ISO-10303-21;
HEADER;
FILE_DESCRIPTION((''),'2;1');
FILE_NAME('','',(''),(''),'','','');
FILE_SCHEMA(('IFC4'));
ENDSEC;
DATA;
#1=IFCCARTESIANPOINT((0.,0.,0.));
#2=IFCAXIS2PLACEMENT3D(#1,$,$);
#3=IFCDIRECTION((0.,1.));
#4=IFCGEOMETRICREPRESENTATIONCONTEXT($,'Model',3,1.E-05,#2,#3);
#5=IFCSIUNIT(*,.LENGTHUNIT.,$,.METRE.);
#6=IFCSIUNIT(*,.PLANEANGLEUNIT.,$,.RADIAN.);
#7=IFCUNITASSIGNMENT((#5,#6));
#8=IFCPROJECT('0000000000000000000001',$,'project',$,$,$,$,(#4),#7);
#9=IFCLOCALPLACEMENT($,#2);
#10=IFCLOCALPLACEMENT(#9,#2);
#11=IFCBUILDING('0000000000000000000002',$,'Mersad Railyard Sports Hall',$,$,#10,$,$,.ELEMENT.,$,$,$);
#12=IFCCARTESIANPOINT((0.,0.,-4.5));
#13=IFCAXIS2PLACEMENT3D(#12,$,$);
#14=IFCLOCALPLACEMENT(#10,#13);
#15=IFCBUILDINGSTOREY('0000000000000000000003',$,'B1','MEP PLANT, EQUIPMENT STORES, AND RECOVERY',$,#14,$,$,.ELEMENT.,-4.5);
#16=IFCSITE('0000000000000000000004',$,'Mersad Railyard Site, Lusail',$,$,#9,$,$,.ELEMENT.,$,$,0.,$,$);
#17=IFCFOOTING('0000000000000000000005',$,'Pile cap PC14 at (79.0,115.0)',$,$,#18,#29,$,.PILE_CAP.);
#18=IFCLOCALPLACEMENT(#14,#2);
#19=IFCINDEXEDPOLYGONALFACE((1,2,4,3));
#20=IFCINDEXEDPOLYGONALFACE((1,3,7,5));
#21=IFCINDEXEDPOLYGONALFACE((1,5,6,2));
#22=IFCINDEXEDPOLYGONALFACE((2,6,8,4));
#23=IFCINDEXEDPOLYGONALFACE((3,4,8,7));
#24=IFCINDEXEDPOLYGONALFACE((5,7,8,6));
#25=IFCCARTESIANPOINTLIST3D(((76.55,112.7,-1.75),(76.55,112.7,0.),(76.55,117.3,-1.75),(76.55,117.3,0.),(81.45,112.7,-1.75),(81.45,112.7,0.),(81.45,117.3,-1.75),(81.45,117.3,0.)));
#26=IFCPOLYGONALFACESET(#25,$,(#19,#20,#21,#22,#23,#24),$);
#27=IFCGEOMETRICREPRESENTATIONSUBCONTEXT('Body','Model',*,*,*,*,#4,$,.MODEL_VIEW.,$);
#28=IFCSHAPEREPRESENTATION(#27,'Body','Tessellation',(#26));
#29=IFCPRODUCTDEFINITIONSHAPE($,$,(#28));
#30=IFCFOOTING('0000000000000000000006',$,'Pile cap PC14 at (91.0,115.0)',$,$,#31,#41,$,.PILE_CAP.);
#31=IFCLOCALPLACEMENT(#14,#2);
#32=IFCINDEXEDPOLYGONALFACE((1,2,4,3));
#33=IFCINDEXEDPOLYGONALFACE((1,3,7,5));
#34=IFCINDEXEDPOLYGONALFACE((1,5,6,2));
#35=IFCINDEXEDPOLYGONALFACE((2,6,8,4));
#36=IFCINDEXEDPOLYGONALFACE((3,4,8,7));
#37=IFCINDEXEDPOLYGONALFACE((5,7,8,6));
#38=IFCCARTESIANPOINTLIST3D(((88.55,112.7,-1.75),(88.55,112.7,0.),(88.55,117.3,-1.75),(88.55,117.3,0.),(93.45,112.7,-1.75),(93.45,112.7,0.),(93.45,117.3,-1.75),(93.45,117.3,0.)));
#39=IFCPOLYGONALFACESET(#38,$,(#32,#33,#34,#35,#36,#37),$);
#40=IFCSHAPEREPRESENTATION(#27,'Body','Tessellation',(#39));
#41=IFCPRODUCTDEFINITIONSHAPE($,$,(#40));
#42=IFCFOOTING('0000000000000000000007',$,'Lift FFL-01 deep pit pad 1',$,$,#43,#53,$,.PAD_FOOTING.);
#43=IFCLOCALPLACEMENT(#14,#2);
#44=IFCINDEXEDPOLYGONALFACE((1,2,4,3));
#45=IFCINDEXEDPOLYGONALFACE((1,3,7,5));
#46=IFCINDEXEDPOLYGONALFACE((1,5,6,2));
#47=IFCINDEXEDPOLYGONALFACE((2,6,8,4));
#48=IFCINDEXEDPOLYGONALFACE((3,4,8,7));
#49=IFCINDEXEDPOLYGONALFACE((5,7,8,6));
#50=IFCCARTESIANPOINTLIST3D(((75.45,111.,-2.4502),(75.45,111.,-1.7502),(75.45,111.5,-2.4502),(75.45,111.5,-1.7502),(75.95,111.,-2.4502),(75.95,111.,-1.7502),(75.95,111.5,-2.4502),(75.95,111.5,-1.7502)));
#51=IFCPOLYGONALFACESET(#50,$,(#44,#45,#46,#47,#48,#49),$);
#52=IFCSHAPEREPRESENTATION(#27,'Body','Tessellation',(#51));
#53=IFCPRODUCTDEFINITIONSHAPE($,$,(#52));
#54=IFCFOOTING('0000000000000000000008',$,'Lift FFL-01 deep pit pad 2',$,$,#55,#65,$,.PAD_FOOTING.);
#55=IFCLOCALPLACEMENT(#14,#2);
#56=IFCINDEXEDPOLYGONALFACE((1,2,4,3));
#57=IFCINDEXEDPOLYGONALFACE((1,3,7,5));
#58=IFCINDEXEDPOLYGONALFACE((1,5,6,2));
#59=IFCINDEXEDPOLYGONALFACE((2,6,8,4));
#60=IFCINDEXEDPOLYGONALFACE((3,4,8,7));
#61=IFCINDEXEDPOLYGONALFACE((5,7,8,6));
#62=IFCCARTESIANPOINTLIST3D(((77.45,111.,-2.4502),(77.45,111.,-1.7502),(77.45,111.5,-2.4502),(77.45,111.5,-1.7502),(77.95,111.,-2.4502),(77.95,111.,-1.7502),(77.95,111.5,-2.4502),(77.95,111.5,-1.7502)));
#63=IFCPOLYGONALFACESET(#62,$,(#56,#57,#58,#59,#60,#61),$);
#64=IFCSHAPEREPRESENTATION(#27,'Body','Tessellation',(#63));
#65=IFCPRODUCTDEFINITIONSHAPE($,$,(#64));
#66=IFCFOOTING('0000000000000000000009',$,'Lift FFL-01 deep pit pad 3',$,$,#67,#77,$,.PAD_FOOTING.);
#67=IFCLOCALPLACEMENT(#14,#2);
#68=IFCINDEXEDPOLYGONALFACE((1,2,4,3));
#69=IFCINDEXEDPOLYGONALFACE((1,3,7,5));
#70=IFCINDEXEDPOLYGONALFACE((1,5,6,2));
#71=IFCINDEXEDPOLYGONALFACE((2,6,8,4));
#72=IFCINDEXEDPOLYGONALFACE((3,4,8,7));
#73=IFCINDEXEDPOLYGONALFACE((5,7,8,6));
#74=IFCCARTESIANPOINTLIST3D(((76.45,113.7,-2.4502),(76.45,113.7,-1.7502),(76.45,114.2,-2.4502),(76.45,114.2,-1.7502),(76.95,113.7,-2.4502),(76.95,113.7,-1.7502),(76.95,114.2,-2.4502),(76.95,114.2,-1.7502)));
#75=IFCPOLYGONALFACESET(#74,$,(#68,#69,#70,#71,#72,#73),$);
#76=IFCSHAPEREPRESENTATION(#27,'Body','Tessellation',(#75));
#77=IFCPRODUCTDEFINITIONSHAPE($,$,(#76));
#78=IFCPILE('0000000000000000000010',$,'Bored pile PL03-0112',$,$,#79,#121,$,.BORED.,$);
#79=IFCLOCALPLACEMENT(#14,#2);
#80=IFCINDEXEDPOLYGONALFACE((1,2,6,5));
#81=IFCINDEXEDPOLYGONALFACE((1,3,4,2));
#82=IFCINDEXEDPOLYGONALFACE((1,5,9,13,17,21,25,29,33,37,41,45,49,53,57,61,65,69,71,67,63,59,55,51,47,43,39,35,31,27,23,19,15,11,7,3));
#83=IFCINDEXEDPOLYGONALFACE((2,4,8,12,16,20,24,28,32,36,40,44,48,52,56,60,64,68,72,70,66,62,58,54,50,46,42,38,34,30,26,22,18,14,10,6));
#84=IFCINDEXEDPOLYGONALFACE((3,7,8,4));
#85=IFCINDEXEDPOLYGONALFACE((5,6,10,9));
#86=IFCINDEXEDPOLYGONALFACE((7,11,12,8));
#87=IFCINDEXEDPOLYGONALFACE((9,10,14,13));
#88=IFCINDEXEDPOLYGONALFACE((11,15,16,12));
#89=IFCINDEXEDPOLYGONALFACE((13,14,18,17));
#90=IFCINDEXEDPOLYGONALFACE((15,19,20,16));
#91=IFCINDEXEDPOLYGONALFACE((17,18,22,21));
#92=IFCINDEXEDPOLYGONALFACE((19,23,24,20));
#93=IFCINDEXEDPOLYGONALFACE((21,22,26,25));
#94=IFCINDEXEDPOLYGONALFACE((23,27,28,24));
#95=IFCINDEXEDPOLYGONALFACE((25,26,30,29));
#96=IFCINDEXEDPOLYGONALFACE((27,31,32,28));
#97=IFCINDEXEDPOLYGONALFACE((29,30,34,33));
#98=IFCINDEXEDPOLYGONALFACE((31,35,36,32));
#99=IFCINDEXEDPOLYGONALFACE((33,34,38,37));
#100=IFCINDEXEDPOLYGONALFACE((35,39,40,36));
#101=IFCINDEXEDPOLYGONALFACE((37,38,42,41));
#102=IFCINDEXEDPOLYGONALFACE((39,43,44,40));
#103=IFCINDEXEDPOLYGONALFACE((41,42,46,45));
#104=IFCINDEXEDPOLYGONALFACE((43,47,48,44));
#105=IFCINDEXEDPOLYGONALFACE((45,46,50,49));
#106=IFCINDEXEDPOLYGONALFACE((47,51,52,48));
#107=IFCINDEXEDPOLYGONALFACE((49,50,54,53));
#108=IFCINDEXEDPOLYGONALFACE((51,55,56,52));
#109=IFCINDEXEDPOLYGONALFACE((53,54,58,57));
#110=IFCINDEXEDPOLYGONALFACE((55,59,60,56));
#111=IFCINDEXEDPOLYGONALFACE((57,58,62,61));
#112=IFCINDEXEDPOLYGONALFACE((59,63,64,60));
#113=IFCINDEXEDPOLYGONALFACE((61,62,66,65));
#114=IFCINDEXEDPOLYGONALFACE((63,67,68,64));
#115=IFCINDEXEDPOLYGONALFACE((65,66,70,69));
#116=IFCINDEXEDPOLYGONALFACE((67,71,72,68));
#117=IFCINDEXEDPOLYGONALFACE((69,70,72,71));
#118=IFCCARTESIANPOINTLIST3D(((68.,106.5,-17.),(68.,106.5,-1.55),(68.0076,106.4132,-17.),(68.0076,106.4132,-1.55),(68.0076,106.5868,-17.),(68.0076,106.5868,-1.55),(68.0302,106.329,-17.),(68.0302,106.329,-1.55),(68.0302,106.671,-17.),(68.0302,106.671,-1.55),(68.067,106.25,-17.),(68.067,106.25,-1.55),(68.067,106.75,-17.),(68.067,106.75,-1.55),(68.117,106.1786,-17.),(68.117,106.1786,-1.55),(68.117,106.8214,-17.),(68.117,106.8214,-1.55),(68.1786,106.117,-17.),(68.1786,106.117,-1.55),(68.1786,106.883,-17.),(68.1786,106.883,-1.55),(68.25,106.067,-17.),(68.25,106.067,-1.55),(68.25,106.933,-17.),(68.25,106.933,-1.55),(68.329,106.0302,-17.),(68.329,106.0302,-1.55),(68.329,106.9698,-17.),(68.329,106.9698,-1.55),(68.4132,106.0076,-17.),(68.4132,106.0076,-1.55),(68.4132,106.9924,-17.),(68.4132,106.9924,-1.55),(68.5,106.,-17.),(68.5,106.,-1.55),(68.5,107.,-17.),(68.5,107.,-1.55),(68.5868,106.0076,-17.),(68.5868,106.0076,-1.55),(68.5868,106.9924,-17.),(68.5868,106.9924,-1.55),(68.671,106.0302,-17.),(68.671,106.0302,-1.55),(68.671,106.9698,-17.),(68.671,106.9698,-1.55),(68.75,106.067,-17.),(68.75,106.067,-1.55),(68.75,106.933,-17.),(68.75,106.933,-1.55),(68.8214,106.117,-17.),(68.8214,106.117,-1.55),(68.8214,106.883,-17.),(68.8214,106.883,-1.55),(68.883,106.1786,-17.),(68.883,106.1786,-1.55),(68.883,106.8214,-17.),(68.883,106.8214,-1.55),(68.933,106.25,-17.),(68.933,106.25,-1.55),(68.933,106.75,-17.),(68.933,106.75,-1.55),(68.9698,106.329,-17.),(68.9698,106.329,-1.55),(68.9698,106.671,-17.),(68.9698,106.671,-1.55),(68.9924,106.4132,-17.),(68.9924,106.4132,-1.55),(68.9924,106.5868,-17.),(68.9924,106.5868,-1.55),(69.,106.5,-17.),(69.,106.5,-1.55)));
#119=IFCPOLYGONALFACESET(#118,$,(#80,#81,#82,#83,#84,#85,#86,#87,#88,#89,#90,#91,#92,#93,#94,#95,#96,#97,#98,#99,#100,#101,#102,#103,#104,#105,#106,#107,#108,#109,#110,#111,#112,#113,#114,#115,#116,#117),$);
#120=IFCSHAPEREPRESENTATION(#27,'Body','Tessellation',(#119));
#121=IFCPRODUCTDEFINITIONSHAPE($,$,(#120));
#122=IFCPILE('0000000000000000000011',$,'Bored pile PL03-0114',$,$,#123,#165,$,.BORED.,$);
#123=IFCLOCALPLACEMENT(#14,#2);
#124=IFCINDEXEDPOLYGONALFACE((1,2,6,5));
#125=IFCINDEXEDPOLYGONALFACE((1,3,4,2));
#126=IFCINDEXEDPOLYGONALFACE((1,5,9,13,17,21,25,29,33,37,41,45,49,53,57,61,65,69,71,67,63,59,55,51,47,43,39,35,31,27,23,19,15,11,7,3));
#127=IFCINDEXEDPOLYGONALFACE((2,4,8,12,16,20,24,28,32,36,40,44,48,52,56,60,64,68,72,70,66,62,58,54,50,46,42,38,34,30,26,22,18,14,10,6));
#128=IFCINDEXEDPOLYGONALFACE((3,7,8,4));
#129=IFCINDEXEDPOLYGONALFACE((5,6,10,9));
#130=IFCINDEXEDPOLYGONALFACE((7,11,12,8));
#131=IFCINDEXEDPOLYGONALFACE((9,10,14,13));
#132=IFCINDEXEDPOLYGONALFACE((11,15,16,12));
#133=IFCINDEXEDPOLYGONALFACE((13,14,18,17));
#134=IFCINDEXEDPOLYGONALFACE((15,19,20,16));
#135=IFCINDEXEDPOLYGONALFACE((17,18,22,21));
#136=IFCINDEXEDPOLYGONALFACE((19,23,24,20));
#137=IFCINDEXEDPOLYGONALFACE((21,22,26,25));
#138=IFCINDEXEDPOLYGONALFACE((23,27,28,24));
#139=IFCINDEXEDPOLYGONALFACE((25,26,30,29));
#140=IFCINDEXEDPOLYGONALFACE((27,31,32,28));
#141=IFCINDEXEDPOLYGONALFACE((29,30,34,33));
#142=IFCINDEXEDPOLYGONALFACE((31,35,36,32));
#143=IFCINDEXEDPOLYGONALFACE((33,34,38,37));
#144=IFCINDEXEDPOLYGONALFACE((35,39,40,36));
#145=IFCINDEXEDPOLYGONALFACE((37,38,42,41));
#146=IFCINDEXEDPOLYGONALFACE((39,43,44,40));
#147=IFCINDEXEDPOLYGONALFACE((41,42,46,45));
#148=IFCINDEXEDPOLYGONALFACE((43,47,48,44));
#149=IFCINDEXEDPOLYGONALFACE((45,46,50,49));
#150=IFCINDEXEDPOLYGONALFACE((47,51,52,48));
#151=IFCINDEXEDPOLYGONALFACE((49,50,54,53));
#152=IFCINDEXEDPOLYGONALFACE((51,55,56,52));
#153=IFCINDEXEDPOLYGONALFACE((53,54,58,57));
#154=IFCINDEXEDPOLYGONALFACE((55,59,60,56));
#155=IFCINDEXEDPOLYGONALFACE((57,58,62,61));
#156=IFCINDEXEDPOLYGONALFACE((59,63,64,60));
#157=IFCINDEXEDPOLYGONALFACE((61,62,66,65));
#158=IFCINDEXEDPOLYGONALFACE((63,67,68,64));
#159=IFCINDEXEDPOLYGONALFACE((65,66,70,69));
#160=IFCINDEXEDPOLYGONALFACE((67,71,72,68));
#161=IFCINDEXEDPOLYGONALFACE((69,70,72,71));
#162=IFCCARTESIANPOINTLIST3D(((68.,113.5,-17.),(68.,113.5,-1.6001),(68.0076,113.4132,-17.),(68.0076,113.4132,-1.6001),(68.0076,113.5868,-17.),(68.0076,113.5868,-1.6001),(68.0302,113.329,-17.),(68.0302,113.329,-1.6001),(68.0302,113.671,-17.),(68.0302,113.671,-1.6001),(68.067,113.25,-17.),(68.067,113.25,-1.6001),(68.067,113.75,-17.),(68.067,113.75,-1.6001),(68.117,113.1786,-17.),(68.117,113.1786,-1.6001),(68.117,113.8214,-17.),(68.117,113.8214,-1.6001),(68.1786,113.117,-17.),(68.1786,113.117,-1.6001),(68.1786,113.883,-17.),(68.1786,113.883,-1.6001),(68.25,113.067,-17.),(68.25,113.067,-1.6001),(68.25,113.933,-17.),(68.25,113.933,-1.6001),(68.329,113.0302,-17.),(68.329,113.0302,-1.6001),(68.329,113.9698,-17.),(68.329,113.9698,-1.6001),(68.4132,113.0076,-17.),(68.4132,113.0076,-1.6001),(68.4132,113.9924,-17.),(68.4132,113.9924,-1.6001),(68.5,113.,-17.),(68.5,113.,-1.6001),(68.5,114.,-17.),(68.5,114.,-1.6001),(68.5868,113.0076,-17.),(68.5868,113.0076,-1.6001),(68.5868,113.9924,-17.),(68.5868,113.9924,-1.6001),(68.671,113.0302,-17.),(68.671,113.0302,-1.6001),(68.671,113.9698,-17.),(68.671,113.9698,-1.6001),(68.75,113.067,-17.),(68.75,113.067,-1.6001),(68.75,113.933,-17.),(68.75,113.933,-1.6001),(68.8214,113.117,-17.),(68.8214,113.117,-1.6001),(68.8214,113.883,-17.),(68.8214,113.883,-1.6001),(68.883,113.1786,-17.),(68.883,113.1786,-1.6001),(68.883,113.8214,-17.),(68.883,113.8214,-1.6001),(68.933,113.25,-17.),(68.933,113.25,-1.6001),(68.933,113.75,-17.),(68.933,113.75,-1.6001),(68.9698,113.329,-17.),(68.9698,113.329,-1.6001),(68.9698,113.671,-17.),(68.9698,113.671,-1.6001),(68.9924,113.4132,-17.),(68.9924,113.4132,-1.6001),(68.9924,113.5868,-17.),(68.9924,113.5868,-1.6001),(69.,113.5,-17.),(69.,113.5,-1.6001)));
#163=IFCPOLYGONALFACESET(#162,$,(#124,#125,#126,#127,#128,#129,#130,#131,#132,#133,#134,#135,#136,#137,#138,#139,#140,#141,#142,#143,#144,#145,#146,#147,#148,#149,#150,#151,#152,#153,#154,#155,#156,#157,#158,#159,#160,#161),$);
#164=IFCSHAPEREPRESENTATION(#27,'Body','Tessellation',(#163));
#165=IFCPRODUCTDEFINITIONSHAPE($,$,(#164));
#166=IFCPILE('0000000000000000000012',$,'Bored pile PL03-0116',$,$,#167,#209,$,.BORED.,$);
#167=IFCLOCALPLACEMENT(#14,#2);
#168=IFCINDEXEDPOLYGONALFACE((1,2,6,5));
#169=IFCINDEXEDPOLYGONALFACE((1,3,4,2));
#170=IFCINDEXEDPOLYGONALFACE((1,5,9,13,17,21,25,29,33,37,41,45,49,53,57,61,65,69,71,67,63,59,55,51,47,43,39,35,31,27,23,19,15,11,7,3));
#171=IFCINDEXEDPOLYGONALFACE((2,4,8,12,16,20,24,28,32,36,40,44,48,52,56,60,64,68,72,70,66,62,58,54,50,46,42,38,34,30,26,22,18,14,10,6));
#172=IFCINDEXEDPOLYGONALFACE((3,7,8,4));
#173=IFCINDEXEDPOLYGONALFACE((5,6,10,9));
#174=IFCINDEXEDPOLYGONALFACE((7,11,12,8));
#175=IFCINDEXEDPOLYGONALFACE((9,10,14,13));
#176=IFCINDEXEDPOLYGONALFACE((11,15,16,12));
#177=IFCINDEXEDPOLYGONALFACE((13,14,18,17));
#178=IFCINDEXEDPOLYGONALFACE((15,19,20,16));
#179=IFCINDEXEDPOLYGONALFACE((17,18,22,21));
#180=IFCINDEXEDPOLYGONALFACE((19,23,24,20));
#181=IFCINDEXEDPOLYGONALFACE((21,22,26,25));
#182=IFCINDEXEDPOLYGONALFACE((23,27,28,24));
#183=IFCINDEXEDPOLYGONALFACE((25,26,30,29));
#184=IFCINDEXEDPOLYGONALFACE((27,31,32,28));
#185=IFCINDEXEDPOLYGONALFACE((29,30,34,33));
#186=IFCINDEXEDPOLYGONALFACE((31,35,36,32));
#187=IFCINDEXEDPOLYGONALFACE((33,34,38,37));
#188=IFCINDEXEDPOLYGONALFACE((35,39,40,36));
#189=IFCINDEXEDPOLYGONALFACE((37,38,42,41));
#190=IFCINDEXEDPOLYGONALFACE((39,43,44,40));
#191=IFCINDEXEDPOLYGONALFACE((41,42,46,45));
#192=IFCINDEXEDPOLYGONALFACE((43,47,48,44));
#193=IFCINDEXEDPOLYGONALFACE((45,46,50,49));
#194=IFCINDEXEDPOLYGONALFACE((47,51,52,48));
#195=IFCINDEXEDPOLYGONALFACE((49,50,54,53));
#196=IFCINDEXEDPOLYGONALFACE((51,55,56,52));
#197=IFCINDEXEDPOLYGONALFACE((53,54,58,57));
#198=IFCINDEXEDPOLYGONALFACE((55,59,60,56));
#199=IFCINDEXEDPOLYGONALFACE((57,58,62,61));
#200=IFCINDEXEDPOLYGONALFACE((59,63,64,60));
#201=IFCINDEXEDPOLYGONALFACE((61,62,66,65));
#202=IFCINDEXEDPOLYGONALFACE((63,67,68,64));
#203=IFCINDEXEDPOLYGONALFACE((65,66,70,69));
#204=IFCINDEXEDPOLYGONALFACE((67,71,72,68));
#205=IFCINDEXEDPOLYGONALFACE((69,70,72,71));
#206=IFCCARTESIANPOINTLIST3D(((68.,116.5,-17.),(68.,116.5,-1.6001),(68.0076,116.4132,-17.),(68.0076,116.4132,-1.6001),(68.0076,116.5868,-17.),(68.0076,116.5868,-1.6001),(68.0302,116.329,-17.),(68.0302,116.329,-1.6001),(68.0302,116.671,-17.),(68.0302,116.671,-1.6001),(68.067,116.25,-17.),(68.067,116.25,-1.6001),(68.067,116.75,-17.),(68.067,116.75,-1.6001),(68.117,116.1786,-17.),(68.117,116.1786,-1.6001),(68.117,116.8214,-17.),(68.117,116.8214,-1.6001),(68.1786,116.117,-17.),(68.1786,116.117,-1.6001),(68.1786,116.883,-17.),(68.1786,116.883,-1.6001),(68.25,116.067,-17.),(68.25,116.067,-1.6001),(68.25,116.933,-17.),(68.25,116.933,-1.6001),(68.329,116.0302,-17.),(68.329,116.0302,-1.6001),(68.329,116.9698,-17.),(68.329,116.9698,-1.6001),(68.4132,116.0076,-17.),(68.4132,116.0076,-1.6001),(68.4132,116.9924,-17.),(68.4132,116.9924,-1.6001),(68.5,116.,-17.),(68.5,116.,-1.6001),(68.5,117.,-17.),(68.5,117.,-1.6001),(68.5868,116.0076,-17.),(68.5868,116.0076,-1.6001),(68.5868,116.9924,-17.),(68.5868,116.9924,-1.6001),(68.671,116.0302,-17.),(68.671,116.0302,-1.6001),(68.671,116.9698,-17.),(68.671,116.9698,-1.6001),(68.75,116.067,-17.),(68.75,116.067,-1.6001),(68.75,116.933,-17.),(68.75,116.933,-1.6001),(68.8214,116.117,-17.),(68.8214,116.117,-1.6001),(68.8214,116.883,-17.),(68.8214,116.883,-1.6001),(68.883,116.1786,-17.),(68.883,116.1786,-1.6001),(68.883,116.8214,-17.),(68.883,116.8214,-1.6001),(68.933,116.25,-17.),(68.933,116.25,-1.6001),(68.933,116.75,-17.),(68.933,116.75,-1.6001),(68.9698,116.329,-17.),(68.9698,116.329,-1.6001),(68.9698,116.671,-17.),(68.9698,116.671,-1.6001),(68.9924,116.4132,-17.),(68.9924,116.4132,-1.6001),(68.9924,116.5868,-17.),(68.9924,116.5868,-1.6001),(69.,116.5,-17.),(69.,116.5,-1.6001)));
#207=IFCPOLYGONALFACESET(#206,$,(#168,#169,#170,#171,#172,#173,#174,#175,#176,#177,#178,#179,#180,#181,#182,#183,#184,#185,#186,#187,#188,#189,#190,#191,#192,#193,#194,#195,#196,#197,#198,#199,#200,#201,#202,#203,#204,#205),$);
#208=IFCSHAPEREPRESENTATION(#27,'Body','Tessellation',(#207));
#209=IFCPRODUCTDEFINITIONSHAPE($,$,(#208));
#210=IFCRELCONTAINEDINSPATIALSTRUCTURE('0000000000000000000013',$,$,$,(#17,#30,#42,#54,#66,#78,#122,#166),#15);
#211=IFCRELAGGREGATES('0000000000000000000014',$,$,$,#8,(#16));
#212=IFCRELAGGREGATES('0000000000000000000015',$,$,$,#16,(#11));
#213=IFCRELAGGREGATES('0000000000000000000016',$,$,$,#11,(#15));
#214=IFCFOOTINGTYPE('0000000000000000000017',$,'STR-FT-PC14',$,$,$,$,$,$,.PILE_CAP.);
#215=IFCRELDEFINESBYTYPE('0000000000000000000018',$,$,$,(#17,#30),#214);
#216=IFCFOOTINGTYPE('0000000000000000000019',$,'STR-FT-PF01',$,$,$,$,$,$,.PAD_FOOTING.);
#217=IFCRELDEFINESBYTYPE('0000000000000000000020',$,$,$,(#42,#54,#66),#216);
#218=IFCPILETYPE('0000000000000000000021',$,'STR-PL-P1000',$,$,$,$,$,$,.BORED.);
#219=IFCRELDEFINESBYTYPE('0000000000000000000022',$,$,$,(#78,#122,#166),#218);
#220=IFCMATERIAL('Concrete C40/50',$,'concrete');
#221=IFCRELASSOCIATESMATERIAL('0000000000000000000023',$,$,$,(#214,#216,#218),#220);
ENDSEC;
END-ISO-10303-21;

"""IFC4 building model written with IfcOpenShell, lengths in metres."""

from ifc_helpers import new_model, si_unit, direction, frame, origin, origin_2d, place, context, subcontext, project, spatial, rectangle, circle, extrude, material, material_profile, profile_set, type_object, element, save


model = new_model("IFC4")

# Units and contexts
model_context = context("Model", 3, precision=1e-05, world=origin(), true_north=direction((0.0, 1.0)))
body_context = subcontext(model_context, "Body", "Model", "MODEL_VIEW")
ifc_project = project(units=[si_unit("LENGTHUNIT", "METRE"), si_unit("PLANEANGLEUNIT", "RADIAN")], contexts=[model_context])

# Site, building, storey
site_placement = place(None, origin())
site = spatial("IfcSite", under=ifc_project, at=site_placement, Name="Mersad Railyard Site, Lusail", CompositionType="ELEMENT", RefElevation=0.0)
building_placement = place(site_placement, origin())
building = spatial("IfcBuilding", under=site, at=building_placement, Name="Mersad Railyard Sports Hall", CompositionType="ELEMENT")
storey_placement = place(building_placement, frame((0.0, 0.0, -4.5)))
storey = spatial("IfcBuildingStorey", under=building, at=storey_placement, Name="B1", Description="MEP PLANT, EQUIPMENT STORES, AND RECOVERY", CompositionType="ELEMENT", Elevation=-4.5)

# Footings
ifc_material_1 = material(Name="Concrete C40/50", Category="concrete")
footing_type_1 = type_object("IfcFootingType", Name="STR-FT-PC14", PredefinedType="PILE_CAP", material=ifc_material_1)
for number, where, z_axis, x_axis, name in (
    (1, (79.0, 115.0, -1.75), (0.0, 0.0, 1.0), (1.0, 0.0, 0.0), "Pile cap PC14 at (79.0,115.0)"),
    (2, (91.0, 115.0, -1.75), (0.0, 0.0, 1.0), (1.0, 0.0, 0.0), "Pile cap PC14 at (91.0,115.0)"),
):
    element("IfcFooting", number, at=place(storey_placement, frame(where, z_axis=z_axis, x_axis=x_axis)), inside=storey, type_object=footing_type_1, Name=name, PredefinedType="PILE_CAP", context=body_context, shape_type="SweptSolid", body=[
        extrude(rectangle(XDim=4.8999, YDim=4.6001, at=origin_2d()), origin(), (0.0, 0.0, 1.0), 1.75),
    ])
footing_type_2 = type_object("IfcFootingType", Name="STR-FT-PF01", PredefinedType="PAD_FOOTING", material=ifc_material_1)
for number, where, z_axis, x_axis, name in (
    (3, (75.7, 111.25, -2.4502), (0.0, 0.0, 1.0), (1.0, 0.0, 0.0), "Lift FFL-01 deep pit pad 1"),
    (4, (77.7, 111.25, -2.4502), (0.0, 0.0, 1.0), (1.0, 0.0, 0.0), "Lift FFL-01 deep pit pad 2"),
    (5, (76.7, 113.95, -2.4502), (0.0, 0.0, 1.0), (1.0, 0.0, 0.0), "Lift FFL-01 deep pit pad 3"),
):
    element("IfcFooting", number, at=place(storey_placement, frame(where, z_axis=z_axis, x_axis=x_axis)), inside=storey, type_object=footing_type_2, Name=name, PredefinedType="PAD_FOOTING", context=body_context, shape_type="SweptSolid", body=[
        extrude(rectangle(XDim=0.5, YDim=0.5, at=origin_2d()), origin(), (0.0, 0.0, 1.0), 0.7),
    ])

# Piles
ifc_material_profile_1 = material_profile(ifc_material_1, circle(Radius=0.5, at=origin_2d()), Name="BORED PILE D1000")
ifc_profile_set_1 = profile_set([ifc_material_profile_1], Name="Concrete C40/50")
pile_type = type_object("IfcPileType", Name="STR-PL-P1000", PredefinedType="BORED", material=ifc_profile_set_1)
pile_1_placement = place(storey_placement, frame((68.5, 106.5, -1.55), z_axis=(0.0, 0.0, -1.0), x_axis=(1.0, 0.0, 0.0)))
element("IfcPile", 6, at=pile_1_placement, inside=storey, type_object=pile_type, Name="Bored pile PL03-0112", PredefinedType="BORED", context=body_context, shape_type="SweptSolid", body=[
    extrude(circle(Radius=0.5, at=origin_2d()), origin(), (0.0, 0.0, 1.0), 15.45),
])
for number, where, z_axis, x_axis, name in (
    (7, (68.5, 113.5, -1.6001), (0.0, 0.0, -1.0), (1.0, 0.0, 0.0), "Bored pile PL03-0114"),
    (8, (68.5, 116.5, -1.6001), (0.0, 0.0, -1.0), (1.0, 0.0, 0.0), "Bored pile PL03-0116"),
):
    element("IfcPile", number, at=place(storey_placement, frame(where, z_axis=z_axis, x_axis=x_axis)), inside=storey, type_object=pile_type, Name=name, PredefinedType="BORED", context=body_context, shape_type="SweptSolid", body=[
        extrude(circle(Radius=0.5, at=origin_2d()), origin(), (0.0, 0.0, 1.0), 15.3999),
    ])

save(model, "model.ifc")
